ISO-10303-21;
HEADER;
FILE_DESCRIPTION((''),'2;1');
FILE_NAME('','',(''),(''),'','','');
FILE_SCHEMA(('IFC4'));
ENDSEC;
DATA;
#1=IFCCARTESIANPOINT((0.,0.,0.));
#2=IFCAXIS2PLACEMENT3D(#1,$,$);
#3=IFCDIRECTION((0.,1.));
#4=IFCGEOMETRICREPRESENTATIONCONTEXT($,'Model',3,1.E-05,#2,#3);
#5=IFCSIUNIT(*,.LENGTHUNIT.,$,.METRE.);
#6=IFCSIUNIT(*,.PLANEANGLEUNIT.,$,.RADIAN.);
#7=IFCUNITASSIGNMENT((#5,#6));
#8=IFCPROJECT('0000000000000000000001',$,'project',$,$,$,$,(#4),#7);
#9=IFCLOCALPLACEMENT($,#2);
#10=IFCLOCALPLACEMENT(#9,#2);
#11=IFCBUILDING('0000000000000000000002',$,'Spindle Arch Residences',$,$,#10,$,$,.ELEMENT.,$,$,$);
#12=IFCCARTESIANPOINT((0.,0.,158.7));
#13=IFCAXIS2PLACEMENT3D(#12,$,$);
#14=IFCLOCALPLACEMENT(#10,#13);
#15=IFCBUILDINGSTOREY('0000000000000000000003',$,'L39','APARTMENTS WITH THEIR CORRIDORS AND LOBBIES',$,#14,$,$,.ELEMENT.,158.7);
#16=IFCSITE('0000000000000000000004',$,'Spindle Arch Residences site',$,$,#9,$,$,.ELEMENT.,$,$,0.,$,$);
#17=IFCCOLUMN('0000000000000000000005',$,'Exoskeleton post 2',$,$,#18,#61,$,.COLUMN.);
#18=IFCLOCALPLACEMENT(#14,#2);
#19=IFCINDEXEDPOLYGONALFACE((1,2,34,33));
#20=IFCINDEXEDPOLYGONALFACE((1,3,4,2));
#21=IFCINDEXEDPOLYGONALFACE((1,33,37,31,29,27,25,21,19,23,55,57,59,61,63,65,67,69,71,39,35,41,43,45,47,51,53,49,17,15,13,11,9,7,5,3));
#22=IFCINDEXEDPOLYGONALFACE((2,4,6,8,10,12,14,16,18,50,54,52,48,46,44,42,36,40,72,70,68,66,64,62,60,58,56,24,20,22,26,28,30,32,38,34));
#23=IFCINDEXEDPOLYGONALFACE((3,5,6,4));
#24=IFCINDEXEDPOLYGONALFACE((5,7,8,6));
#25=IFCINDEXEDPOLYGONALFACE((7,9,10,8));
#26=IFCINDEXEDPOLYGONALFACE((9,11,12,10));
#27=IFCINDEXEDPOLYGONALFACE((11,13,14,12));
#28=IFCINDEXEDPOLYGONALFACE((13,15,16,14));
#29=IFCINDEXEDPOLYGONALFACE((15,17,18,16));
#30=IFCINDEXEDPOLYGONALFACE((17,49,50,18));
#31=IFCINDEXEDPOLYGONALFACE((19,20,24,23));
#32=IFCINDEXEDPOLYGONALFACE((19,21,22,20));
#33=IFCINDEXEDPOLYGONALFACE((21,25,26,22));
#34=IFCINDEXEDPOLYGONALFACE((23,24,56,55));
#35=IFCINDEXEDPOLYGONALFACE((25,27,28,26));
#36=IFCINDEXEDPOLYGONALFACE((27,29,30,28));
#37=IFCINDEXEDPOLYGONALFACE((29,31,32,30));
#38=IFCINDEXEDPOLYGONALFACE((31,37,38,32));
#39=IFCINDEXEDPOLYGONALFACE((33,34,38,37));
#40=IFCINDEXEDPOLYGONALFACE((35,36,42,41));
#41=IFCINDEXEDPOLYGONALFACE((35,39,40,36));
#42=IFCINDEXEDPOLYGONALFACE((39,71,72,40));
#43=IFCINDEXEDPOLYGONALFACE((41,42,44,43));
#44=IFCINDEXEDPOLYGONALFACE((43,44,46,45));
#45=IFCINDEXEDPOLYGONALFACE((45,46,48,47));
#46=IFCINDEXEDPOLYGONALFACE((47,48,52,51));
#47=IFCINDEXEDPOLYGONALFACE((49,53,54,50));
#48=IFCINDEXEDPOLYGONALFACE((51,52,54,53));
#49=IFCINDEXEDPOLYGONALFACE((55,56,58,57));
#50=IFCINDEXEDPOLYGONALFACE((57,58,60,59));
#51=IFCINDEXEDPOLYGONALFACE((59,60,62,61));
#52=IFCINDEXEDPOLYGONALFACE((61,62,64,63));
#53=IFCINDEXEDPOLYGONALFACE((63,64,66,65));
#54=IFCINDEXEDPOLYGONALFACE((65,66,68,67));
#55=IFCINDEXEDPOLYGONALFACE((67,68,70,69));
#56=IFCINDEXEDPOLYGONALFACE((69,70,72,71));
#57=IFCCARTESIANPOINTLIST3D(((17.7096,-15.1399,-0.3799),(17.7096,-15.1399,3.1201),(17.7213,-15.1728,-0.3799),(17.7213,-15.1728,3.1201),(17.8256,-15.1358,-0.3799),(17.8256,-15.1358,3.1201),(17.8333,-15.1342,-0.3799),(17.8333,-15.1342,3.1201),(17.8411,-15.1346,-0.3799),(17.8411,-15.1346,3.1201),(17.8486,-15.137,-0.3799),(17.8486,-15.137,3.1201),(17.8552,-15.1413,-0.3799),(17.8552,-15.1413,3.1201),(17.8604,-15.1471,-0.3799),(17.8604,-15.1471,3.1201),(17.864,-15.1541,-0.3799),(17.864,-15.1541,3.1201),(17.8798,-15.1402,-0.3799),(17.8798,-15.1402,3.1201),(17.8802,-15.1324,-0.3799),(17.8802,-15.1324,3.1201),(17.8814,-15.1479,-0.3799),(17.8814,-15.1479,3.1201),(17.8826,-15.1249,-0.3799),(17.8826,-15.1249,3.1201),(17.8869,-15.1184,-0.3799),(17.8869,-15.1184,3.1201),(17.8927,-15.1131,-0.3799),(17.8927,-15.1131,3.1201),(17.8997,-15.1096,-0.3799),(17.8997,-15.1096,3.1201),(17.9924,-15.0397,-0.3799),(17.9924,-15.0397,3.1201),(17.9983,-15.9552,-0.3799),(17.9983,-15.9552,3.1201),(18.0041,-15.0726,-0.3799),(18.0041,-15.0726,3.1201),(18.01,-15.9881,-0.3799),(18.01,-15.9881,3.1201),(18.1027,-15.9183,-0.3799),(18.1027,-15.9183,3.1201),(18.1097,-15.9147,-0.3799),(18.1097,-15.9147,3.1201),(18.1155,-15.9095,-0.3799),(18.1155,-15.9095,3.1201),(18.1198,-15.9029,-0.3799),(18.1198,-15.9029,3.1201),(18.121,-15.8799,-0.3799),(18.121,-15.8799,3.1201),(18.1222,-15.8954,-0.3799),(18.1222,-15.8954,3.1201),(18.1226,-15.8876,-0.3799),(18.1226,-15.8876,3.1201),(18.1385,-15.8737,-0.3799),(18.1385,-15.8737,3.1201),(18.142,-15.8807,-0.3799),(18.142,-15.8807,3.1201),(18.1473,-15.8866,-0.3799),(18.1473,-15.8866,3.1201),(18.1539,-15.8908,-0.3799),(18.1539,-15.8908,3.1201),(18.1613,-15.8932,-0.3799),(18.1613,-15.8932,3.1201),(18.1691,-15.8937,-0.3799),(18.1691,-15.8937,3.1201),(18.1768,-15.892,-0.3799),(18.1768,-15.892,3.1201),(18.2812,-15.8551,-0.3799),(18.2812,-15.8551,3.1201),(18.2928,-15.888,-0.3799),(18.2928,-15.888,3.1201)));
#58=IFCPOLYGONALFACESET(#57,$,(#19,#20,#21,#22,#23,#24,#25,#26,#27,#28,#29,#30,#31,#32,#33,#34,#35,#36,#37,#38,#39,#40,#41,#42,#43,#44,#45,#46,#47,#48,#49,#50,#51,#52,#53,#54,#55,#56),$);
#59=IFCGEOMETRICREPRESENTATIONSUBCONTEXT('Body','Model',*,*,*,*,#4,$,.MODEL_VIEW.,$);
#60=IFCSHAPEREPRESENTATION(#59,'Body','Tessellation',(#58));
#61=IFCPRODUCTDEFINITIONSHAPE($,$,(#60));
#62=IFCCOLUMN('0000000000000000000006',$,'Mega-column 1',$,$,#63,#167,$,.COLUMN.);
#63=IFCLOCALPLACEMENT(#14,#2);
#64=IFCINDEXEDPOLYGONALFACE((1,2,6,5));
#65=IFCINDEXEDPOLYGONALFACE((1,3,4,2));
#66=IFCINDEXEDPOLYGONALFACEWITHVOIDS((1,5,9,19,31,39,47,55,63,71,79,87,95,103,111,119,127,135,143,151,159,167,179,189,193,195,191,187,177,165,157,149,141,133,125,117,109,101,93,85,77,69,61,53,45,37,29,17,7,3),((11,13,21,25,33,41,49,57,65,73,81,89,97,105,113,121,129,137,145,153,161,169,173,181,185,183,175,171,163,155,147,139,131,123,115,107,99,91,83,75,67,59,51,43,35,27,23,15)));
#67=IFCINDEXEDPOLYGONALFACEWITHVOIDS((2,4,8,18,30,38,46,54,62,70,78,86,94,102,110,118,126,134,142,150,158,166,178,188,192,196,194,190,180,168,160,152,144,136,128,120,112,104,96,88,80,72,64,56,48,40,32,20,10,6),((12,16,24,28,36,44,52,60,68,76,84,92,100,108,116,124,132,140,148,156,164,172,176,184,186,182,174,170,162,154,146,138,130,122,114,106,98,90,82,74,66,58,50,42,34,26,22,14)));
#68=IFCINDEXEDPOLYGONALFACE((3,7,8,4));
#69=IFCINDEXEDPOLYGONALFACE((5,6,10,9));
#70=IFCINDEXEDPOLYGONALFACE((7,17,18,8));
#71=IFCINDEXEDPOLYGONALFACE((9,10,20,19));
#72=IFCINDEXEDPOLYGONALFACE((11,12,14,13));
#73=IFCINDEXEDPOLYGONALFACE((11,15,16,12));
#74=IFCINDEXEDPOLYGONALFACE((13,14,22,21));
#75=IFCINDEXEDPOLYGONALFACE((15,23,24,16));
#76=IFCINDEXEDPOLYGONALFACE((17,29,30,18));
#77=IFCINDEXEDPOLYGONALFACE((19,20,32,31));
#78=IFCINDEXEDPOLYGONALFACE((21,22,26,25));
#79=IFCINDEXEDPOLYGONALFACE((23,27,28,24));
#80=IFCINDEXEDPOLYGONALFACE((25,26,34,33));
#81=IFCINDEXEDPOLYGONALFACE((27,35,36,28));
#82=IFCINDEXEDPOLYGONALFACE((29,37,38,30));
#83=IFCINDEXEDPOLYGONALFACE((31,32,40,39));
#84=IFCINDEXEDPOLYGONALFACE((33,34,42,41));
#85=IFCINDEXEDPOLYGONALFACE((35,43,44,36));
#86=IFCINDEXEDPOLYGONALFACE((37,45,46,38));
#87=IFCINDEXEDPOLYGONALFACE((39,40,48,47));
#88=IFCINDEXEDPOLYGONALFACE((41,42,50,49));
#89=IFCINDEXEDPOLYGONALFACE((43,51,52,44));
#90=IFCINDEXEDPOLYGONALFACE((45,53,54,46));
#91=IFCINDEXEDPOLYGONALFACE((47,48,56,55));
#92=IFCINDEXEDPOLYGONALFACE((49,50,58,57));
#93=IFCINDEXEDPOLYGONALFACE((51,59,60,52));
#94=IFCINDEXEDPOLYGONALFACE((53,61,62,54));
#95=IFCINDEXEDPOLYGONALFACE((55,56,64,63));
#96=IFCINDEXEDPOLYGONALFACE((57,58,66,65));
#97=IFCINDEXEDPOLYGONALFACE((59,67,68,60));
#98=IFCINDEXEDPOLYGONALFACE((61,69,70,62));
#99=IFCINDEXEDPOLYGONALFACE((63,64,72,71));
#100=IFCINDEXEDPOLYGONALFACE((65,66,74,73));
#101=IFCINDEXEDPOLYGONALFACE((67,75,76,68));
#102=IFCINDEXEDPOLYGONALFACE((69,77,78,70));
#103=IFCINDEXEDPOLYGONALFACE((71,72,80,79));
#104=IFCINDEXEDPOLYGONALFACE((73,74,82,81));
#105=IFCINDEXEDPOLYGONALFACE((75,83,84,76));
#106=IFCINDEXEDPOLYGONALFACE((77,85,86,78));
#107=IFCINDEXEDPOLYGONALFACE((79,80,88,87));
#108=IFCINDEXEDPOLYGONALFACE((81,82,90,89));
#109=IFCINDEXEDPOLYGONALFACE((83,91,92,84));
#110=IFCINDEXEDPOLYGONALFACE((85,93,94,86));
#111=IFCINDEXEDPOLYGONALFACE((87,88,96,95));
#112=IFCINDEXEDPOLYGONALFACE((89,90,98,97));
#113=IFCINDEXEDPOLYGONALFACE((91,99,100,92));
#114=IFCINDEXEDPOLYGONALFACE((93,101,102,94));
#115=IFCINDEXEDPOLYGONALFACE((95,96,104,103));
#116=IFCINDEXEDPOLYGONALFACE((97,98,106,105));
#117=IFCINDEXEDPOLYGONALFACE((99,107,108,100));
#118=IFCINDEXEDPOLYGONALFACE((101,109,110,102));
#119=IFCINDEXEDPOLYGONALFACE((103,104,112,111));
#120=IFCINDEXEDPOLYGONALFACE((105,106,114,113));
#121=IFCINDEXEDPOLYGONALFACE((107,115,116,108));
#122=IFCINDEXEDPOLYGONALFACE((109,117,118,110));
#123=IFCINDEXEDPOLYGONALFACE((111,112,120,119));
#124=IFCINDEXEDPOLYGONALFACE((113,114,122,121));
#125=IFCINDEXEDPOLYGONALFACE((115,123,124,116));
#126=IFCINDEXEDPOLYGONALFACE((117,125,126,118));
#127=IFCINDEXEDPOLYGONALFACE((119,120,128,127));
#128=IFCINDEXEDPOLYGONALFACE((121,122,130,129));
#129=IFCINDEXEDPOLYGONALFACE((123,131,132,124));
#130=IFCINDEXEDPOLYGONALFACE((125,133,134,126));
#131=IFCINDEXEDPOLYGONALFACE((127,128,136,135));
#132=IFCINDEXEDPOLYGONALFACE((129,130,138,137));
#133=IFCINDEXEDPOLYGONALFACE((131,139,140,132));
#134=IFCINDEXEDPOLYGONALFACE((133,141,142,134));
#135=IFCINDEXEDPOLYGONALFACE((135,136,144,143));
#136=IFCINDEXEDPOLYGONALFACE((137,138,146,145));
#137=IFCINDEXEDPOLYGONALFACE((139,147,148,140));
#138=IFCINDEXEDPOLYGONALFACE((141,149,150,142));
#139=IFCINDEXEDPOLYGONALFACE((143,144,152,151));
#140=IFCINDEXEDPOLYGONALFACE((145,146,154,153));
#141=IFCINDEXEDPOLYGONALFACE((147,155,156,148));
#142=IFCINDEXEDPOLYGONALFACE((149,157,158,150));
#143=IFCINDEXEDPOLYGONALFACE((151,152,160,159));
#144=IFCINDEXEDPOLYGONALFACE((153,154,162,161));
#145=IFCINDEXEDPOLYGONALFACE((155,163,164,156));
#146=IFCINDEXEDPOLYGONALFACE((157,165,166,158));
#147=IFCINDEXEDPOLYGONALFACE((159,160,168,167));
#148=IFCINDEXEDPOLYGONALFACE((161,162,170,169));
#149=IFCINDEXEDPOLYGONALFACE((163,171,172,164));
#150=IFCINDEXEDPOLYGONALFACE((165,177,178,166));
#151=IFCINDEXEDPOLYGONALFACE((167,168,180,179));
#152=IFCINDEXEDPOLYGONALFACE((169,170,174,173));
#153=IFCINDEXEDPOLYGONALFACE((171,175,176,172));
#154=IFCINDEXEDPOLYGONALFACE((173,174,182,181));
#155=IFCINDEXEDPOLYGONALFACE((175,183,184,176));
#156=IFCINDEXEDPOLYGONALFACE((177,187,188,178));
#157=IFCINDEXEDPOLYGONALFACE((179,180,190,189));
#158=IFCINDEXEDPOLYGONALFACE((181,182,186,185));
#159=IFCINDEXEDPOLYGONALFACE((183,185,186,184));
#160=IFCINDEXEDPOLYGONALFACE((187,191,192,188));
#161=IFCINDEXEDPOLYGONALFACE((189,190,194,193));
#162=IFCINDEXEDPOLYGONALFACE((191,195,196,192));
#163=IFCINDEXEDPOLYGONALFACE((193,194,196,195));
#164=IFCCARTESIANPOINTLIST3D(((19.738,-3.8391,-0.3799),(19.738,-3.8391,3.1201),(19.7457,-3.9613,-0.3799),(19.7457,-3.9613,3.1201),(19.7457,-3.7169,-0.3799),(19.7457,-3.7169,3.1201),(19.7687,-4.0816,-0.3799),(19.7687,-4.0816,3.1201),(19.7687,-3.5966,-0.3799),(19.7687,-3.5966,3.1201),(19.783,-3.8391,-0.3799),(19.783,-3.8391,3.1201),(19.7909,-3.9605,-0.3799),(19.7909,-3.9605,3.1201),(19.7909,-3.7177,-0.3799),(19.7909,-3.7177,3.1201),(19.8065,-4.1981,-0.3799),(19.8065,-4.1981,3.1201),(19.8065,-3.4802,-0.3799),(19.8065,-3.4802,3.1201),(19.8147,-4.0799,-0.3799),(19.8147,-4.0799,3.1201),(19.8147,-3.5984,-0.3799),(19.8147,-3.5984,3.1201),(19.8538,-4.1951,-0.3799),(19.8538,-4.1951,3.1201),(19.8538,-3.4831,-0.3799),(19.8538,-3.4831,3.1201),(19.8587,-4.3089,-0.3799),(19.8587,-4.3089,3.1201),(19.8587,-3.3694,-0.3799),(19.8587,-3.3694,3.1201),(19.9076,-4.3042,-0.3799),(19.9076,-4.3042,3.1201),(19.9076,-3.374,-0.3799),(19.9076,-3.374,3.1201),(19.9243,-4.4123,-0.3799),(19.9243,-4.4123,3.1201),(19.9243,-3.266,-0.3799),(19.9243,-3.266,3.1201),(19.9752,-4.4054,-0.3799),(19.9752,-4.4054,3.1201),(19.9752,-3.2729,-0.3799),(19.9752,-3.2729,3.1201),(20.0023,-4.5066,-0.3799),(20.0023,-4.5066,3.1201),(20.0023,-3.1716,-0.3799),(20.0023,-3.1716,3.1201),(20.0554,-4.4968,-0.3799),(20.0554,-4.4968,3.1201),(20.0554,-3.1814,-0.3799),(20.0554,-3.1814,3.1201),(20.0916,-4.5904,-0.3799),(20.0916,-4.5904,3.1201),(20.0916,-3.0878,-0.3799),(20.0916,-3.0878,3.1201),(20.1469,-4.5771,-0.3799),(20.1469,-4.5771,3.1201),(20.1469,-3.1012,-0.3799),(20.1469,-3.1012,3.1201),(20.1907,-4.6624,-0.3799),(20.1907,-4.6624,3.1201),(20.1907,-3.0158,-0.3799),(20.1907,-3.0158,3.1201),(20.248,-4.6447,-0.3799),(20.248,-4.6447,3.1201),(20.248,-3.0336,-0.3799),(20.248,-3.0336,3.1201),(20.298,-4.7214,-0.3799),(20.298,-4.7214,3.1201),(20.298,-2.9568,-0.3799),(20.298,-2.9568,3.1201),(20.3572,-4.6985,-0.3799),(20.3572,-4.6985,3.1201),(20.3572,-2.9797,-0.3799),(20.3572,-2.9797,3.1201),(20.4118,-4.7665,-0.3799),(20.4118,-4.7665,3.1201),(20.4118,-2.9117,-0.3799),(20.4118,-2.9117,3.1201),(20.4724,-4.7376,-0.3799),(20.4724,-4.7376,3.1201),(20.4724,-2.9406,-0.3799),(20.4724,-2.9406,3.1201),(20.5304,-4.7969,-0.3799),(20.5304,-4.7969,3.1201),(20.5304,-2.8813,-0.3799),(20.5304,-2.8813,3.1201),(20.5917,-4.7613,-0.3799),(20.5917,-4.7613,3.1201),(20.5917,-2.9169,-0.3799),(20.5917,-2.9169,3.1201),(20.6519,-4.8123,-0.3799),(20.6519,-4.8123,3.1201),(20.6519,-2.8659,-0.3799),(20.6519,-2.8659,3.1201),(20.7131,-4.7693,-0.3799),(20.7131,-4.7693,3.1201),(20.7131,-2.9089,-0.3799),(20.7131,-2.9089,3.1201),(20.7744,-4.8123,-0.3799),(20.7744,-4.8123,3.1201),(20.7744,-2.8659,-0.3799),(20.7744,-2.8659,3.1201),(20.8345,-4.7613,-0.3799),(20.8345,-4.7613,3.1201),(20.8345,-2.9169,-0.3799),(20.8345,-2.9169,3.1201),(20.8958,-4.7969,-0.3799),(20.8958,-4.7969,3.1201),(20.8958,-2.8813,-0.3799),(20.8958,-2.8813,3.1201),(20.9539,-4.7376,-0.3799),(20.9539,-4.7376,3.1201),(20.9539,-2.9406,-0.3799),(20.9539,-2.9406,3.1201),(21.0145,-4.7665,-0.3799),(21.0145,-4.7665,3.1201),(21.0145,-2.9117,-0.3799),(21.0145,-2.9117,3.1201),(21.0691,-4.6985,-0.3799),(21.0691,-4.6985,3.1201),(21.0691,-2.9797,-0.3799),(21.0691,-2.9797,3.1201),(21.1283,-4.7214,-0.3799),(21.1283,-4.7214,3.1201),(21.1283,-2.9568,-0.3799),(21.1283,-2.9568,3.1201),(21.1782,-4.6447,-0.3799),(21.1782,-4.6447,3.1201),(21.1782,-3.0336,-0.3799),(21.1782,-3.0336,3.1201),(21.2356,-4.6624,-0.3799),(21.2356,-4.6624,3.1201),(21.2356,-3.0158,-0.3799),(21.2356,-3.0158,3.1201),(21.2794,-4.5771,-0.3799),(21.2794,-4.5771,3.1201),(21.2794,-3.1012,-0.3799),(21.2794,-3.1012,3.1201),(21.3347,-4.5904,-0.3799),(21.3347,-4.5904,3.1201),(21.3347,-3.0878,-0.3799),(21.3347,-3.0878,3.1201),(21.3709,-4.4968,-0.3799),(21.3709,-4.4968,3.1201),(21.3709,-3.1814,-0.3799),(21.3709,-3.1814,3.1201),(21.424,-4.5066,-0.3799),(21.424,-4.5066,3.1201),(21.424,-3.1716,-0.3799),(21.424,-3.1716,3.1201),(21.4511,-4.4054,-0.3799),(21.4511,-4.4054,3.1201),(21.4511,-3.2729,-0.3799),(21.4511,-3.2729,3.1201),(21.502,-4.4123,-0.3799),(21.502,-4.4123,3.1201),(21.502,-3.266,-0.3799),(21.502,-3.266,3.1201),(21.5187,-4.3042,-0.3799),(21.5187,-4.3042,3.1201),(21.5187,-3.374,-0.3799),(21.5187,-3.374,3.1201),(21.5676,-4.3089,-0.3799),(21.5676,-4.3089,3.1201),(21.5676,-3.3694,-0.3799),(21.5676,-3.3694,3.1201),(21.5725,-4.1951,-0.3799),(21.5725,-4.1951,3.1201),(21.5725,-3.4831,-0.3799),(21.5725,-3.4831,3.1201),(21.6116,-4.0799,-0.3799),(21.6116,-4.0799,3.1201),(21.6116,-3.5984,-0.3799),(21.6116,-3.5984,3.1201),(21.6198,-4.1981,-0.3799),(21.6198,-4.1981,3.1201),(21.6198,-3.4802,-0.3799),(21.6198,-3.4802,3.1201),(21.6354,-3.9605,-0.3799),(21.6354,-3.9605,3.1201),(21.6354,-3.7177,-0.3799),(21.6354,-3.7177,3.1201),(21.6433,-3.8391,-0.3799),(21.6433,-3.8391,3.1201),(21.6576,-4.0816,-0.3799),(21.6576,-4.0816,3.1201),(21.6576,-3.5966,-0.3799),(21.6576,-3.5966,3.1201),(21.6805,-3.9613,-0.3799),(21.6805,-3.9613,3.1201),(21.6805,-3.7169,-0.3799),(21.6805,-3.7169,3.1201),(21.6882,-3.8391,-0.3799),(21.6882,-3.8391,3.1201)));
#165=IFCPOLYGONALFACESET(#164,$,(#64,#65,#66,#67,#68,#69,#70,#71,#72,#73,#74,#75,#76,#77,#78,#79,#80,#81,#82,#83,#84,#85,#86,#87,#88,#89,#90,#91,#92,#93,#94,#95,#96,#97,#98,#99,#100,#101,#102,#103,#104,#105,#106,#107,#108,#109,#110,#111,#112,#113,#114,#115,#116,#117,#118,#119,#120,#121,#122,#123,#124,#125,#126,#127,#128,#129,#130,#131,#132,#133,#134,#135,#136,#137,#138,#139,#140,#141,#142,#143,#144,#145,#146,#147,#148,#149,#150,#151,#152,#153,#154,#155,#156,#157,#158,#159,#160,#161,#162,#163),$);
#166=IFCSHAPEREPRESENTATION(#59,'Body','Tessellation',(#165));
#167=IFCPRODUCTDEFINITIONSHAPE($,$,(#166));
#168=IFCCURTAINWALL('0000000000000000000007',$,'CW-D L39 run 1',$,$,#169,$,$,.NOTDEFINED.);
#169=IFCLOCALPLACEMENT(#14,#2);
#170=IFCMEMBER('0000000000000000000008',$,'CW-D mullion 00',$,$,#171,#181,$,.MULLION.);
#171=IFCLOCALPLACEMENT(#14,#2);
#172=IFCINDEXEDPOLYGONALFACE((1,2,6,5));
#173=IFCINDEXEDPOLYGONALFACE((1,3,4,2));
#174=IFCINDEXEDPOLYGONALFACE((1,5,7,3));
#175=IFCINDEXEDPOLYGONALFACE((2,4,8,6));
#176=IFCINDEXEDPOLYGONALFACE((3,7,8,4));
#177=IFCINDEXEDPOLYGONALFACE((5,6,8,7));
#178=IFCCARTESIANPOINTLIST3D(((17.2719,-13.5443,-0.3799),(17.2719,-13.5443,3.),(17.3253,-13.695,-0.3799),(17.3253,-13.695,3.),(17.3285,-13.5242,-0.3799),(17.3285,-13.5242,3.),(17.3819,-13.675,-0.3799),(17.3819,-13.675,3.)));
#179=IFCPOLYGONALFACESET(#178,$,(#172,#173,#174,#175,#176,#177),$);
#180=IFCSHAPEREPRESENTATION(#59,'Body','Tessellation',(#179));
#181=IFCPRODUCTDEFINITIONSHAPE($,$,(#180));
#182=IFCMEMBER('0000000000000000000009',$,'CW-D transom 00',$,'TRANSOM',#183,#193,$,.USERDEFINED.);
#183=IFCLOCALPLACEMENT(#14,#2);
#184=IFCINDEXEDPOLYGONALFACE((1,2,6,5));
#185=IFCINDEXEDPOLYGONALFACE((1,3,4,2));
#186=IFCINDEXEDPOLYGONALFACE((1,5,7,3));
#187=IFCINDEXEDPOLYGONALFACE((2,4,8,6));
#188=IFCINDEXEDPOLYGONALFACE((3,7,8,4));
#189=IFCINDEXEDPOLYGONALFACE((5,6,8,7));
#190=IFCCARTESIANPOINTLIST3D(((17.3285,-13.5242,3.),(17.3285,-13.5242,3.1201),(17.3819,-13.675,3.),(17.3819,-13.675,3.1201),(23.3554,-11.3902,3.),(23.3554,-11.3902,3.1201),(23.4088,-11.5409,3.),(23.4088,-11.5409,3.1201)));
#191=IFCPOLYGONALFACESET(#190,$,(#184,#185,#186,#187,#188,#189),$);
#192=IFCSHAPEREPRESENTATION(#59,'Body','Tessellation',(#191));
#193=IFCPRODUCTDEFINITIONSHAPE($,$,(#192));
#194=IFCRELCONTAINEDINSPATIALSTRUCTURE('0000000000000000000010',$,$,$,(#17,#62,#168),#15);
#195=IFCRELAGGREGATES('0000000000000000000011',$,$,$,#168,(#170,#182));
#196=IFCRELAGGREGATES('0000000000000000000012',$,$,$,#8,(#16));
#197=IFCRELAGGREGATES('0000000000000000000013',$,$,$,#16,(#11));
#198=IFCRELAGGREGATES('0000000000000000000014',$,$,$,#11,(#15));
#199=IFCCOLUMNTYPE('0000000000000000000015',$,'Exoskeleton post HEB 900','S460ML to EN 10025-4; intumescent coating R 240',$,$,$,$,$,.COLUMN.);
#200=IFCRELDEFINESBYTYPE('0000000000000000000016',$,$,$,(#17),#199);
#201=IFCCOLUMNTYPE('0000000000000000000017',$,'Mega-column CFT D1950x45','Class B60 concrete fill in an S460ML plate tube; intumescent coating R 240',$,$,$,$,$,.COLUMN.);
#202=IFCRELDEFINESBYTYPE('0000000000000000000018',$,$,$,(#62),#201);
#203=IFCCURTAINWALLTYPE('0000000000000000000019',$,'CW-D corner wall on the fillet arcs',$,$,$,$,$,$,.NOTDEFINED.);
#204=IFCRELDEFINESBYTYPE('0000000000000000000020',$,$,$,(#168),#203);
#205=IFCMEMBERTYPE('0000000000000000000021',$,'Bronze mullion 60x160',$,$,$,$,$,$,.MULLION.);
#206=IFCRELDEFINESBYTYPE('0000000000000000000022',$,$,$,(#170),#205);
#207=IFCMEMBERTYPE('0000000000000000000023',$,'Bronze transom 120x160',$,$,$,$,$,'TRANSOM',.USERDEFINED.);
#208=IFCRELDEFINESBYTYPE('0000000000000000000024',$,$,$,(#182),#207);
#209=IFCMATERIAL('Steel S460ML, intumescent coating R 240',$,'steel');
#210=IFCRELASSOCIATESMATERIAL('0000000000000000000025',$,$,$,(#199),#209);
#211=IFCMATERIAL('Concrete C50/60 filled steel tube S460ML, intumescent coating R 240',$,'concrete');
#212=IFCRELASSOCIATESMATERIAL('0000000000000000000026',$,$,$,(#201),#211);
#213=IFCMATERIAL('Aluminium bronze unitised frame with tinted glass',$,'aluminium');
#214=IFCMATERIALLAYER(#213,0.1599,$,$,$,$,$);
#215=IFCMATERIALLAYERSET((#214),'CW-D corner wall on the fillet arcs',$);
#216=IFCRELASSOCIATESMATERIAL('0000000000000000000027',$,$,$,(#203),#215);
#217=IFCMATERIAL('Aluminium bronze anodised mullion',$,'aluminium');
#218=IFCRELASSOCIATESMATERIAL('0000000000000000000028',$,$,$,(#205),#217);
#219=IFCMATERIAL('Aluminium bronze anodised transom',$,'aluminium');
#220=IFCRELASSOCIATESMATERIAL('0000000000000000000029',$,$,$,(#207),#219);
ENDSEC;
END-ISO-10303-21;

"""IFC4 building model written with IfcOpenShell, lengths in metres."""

from ifc_helpers import new_model, si_unit, direction, frame, origin, origin_2d, place, context, subcontext, project, spatial, rectangle, hollow_circle, i_section, extrude, material, layer, layer_set, material_profile, profile_set, type_object, element, aggregate, save


model = new_model("IFC4")

# Units and contexts
model_context = context("Model", 3, precision=1e-05, world=origin(), true_north=direction((0.0, 1.0)))
body_context = subcontext(model_context, "Body", "Model", "MODEL_VIEW")
ifc_project = project(units=[si_unit("LENGTHUNIT", "METRE"), si_unit("PLANEANGLEUNIT", "RADIAN")], contexts=[model_context])

# Site, building, storey
site_placement = place(None, origin())
site = spatial("IfcSite", under=ifc_project, at=site_placement, Name="Spindle Arch Residences site", CompositionType="ELEMENT", RefElevation=0.0)
building_placement = place(site_placement, origin())
building = spatial("IfcBuilding", under=site, at=building_placement, Name="Spindle Arch Residences", CompositionType="ELEMENT")
storey_placement = place(building_placement, frame((0.0, 0.0, 158.7)))
storey = spatial("IfcBuildingStorey", under=building, at=storey_placement, Name="L39", Description="APARTMENTS WITH THEIR CORRIDORS AND LOBBIES", CompositionType="ELEMENT", Elevation=158.7)

# Columns
ifc_material_1 = material(Name="Steel S460ML, intumescent coating R 240", Category="steel")
ifc_material_profile_1 = material_profile(ifc_material_1, i_section(OverallWidth=0.3, OverallDepth=0.8999, WebThickness=0.0186, FlangeThickness=0.0349, FilletRadius=0.03, at=origin_2d()), Name="HEB 900")
ifc_profile_set_1 = profile_set([ifc_material_profile_1], Name="Steel S460ML, intumescent coating R 240")
column_type_1 = type_object("IfcColumnType", Name="Exoskeleton post HEB 900", Description="S460ML to EN 10025-4; intumescent coating R 240", PredefinedType="COLUMN", material=ifc_profile_set_1)
column_1_placement = place(storey_placement, frame((18.0012, -15.5139, -0.3799), z_axis=(0.0, 0.0, 1.0), x_axis=(-0.942641, -0.333807, 0.0)))
element("IfcColumn", 1, at=column_1_placement, inside=storey, type_object=column_type_1, Name="Exoskeleton post 2", PredefinedType="COLUMN", context=body_context, shape_type="SweptSolid", body=[
    extrude(i_section(OverallWidth=0.3, OverallDepth=0.8999, WebThickness=0.0186, FlangeThickness=0.0349, FilletRadius=0.03, at=origin_2d()), origin(), (0.0, 0.0, 1.0), 3.5),
])
ifc_material_2 = material(Name="Concrete C50/60 filled steel tube S460ML, intumescent coating R 240", Category="concrete")
ifc_material_profile_2 = material_profile(ifc_material_2, hollow_circle(Radius=0.9751, WallThickness=0.0449, at=origin_2d()), Name="CFT D1950x45")
ifc_profile_set_2 = profile_set([ifc_material_profile_2], Name="Concrete C50/60 filled steel tube S460ML, intumescent coating R 240")
column_type_2 = type_object("IfcColumnType", Name="Mega-column CFT D1950x45", Description="Class B60 concrete fill in an S460ML plate tube; intumescent coating R 240", PredefinedType="COLUMN", material=ifc_profile_set_2)
column_2_placement = place(storey_placement, frame((20.7131, -3.8391, -0.3799), z_axis=(0.0, 0.0, 1.0), x_axis=(1.0, 0.0, 0.0)))
element("IfcColumn", 2, at=column_2_placement, inside=storey, type_object=column_type_2, Name="Mega-column 1", PredefinedType="COLUMN", context=body_context, shape_type="SweptSolid", body=[
    extrude(hollow_circle(Radius=0.9751, WallThickness=0.0449, at=origin_2d()), origin(), (0.0, 0.0, 1.0), 3.5),
])

# Curtain wall, members
ifc_material_3 = material(Name="Aluminium bronze unitised frame with tinted glass", Category="aluminium")
ifc_layer_1 = layer(ifc_material_3, 0.1599)
ifc_layer_set_1 = layer_set([ifc_layer_1], Name="CW-D corner wall on the fillet arcs")
curtain_wall_type_1 = type_object("IfcCurtainWallType", Name="CW-D corner wall on the fillet arcs", PredefinedType="NOTDEFINED", material=ifc_layer_set_1)
curtain_wall_1_placement = place(storey_placement, origin())
curtain_wall_1 = element("IfcCurtainWall", 3, at=curtain_wall_1_placement, inside=storey, type_object=curtain_wall_type_1, Name="CW-D L39 run 1", PredefinedType="NOTDEFINED")
ifc_material_4 = material(Name="Aluminium bronze anodised mullion", Category="aluminium")
ifc_material_profile_3 = material_profile(ifc_material_4, rectangle(XDim=0.1599, YDim=0.0601, at=origin_2d()), Name="MU 60x160")
ifc_profile_set_3 = profile_set([ifc_material_profile_3], Name="Aluminium bronze anodised mullion")
member_type_1 = type_object("IfcMemberType", Name="Bronze mullion 60x160", PredefinedType="MULLION", material=ifc_profile_set_3)
member_1_placement = place(storey_placement, frame((17.3269, -13.6096, -0.3799), z_axis=(0.0, 0.0, 1.0), x_axis=(-0.333807, 0.942641, 0.0)))
member_1 = element("IfcMember", 4, at=member_1_placement, type_object=member_type_1, Name="CW-D mullion 00", PredefinedType="MULLION", context=body_context, shape_type="SweptSolid", body=[
    extrude(rectangle(XDim=0.1599, YDim=0.0601, at=origin_2d()), origin(), (0.0, 0.0, 1.0), 3.3799),
])
ifc_material_5 = material(Name="Aluminium bronze anodised transom", Category="aluminium")
ifc_material_profile_4 = material_profile(ifc_material_5, rectangle(XDim=0.1599, YDim=0.1201, at=origin_2d()), Name="TR 120x160")
ifc_profile_set_4 = profile_set([ifc_material_profile_4], Name="Aluminium bronze anodised transom")
member_type_2 = type_object("IfcMemberType", Name="Bronze transom 120x160", ElementType="TRANSOM", PredefinedType="USERDEFINED", material=ifc_profile_set_4)
member_2_placement = place(storey_placement, frame((17.3552, -13.5996, 3.0601), z_axis=(0.942651, 0.333781, 0.0), x_axis=(-0.333781, 0.942651, 0.0)))
member_2 = element("IfcMember", 5, at=member_2_placement, type_object=member_type_2, Name="CW-D transom 00", ObjectType="TRANSOM", PredefinedType="USERDEFINED", context=body_context, shape_type="SweptSolid", body=[
    extrude(rectangle(XDim=0.1599, YDim=0.1201, at=origin_2d()), origin(), (0.0, 0.0, 1.0), 6.3936),
])

aggregate(curtain_wall_1, [member_1, member_2])

save(model, "model.ifc")
